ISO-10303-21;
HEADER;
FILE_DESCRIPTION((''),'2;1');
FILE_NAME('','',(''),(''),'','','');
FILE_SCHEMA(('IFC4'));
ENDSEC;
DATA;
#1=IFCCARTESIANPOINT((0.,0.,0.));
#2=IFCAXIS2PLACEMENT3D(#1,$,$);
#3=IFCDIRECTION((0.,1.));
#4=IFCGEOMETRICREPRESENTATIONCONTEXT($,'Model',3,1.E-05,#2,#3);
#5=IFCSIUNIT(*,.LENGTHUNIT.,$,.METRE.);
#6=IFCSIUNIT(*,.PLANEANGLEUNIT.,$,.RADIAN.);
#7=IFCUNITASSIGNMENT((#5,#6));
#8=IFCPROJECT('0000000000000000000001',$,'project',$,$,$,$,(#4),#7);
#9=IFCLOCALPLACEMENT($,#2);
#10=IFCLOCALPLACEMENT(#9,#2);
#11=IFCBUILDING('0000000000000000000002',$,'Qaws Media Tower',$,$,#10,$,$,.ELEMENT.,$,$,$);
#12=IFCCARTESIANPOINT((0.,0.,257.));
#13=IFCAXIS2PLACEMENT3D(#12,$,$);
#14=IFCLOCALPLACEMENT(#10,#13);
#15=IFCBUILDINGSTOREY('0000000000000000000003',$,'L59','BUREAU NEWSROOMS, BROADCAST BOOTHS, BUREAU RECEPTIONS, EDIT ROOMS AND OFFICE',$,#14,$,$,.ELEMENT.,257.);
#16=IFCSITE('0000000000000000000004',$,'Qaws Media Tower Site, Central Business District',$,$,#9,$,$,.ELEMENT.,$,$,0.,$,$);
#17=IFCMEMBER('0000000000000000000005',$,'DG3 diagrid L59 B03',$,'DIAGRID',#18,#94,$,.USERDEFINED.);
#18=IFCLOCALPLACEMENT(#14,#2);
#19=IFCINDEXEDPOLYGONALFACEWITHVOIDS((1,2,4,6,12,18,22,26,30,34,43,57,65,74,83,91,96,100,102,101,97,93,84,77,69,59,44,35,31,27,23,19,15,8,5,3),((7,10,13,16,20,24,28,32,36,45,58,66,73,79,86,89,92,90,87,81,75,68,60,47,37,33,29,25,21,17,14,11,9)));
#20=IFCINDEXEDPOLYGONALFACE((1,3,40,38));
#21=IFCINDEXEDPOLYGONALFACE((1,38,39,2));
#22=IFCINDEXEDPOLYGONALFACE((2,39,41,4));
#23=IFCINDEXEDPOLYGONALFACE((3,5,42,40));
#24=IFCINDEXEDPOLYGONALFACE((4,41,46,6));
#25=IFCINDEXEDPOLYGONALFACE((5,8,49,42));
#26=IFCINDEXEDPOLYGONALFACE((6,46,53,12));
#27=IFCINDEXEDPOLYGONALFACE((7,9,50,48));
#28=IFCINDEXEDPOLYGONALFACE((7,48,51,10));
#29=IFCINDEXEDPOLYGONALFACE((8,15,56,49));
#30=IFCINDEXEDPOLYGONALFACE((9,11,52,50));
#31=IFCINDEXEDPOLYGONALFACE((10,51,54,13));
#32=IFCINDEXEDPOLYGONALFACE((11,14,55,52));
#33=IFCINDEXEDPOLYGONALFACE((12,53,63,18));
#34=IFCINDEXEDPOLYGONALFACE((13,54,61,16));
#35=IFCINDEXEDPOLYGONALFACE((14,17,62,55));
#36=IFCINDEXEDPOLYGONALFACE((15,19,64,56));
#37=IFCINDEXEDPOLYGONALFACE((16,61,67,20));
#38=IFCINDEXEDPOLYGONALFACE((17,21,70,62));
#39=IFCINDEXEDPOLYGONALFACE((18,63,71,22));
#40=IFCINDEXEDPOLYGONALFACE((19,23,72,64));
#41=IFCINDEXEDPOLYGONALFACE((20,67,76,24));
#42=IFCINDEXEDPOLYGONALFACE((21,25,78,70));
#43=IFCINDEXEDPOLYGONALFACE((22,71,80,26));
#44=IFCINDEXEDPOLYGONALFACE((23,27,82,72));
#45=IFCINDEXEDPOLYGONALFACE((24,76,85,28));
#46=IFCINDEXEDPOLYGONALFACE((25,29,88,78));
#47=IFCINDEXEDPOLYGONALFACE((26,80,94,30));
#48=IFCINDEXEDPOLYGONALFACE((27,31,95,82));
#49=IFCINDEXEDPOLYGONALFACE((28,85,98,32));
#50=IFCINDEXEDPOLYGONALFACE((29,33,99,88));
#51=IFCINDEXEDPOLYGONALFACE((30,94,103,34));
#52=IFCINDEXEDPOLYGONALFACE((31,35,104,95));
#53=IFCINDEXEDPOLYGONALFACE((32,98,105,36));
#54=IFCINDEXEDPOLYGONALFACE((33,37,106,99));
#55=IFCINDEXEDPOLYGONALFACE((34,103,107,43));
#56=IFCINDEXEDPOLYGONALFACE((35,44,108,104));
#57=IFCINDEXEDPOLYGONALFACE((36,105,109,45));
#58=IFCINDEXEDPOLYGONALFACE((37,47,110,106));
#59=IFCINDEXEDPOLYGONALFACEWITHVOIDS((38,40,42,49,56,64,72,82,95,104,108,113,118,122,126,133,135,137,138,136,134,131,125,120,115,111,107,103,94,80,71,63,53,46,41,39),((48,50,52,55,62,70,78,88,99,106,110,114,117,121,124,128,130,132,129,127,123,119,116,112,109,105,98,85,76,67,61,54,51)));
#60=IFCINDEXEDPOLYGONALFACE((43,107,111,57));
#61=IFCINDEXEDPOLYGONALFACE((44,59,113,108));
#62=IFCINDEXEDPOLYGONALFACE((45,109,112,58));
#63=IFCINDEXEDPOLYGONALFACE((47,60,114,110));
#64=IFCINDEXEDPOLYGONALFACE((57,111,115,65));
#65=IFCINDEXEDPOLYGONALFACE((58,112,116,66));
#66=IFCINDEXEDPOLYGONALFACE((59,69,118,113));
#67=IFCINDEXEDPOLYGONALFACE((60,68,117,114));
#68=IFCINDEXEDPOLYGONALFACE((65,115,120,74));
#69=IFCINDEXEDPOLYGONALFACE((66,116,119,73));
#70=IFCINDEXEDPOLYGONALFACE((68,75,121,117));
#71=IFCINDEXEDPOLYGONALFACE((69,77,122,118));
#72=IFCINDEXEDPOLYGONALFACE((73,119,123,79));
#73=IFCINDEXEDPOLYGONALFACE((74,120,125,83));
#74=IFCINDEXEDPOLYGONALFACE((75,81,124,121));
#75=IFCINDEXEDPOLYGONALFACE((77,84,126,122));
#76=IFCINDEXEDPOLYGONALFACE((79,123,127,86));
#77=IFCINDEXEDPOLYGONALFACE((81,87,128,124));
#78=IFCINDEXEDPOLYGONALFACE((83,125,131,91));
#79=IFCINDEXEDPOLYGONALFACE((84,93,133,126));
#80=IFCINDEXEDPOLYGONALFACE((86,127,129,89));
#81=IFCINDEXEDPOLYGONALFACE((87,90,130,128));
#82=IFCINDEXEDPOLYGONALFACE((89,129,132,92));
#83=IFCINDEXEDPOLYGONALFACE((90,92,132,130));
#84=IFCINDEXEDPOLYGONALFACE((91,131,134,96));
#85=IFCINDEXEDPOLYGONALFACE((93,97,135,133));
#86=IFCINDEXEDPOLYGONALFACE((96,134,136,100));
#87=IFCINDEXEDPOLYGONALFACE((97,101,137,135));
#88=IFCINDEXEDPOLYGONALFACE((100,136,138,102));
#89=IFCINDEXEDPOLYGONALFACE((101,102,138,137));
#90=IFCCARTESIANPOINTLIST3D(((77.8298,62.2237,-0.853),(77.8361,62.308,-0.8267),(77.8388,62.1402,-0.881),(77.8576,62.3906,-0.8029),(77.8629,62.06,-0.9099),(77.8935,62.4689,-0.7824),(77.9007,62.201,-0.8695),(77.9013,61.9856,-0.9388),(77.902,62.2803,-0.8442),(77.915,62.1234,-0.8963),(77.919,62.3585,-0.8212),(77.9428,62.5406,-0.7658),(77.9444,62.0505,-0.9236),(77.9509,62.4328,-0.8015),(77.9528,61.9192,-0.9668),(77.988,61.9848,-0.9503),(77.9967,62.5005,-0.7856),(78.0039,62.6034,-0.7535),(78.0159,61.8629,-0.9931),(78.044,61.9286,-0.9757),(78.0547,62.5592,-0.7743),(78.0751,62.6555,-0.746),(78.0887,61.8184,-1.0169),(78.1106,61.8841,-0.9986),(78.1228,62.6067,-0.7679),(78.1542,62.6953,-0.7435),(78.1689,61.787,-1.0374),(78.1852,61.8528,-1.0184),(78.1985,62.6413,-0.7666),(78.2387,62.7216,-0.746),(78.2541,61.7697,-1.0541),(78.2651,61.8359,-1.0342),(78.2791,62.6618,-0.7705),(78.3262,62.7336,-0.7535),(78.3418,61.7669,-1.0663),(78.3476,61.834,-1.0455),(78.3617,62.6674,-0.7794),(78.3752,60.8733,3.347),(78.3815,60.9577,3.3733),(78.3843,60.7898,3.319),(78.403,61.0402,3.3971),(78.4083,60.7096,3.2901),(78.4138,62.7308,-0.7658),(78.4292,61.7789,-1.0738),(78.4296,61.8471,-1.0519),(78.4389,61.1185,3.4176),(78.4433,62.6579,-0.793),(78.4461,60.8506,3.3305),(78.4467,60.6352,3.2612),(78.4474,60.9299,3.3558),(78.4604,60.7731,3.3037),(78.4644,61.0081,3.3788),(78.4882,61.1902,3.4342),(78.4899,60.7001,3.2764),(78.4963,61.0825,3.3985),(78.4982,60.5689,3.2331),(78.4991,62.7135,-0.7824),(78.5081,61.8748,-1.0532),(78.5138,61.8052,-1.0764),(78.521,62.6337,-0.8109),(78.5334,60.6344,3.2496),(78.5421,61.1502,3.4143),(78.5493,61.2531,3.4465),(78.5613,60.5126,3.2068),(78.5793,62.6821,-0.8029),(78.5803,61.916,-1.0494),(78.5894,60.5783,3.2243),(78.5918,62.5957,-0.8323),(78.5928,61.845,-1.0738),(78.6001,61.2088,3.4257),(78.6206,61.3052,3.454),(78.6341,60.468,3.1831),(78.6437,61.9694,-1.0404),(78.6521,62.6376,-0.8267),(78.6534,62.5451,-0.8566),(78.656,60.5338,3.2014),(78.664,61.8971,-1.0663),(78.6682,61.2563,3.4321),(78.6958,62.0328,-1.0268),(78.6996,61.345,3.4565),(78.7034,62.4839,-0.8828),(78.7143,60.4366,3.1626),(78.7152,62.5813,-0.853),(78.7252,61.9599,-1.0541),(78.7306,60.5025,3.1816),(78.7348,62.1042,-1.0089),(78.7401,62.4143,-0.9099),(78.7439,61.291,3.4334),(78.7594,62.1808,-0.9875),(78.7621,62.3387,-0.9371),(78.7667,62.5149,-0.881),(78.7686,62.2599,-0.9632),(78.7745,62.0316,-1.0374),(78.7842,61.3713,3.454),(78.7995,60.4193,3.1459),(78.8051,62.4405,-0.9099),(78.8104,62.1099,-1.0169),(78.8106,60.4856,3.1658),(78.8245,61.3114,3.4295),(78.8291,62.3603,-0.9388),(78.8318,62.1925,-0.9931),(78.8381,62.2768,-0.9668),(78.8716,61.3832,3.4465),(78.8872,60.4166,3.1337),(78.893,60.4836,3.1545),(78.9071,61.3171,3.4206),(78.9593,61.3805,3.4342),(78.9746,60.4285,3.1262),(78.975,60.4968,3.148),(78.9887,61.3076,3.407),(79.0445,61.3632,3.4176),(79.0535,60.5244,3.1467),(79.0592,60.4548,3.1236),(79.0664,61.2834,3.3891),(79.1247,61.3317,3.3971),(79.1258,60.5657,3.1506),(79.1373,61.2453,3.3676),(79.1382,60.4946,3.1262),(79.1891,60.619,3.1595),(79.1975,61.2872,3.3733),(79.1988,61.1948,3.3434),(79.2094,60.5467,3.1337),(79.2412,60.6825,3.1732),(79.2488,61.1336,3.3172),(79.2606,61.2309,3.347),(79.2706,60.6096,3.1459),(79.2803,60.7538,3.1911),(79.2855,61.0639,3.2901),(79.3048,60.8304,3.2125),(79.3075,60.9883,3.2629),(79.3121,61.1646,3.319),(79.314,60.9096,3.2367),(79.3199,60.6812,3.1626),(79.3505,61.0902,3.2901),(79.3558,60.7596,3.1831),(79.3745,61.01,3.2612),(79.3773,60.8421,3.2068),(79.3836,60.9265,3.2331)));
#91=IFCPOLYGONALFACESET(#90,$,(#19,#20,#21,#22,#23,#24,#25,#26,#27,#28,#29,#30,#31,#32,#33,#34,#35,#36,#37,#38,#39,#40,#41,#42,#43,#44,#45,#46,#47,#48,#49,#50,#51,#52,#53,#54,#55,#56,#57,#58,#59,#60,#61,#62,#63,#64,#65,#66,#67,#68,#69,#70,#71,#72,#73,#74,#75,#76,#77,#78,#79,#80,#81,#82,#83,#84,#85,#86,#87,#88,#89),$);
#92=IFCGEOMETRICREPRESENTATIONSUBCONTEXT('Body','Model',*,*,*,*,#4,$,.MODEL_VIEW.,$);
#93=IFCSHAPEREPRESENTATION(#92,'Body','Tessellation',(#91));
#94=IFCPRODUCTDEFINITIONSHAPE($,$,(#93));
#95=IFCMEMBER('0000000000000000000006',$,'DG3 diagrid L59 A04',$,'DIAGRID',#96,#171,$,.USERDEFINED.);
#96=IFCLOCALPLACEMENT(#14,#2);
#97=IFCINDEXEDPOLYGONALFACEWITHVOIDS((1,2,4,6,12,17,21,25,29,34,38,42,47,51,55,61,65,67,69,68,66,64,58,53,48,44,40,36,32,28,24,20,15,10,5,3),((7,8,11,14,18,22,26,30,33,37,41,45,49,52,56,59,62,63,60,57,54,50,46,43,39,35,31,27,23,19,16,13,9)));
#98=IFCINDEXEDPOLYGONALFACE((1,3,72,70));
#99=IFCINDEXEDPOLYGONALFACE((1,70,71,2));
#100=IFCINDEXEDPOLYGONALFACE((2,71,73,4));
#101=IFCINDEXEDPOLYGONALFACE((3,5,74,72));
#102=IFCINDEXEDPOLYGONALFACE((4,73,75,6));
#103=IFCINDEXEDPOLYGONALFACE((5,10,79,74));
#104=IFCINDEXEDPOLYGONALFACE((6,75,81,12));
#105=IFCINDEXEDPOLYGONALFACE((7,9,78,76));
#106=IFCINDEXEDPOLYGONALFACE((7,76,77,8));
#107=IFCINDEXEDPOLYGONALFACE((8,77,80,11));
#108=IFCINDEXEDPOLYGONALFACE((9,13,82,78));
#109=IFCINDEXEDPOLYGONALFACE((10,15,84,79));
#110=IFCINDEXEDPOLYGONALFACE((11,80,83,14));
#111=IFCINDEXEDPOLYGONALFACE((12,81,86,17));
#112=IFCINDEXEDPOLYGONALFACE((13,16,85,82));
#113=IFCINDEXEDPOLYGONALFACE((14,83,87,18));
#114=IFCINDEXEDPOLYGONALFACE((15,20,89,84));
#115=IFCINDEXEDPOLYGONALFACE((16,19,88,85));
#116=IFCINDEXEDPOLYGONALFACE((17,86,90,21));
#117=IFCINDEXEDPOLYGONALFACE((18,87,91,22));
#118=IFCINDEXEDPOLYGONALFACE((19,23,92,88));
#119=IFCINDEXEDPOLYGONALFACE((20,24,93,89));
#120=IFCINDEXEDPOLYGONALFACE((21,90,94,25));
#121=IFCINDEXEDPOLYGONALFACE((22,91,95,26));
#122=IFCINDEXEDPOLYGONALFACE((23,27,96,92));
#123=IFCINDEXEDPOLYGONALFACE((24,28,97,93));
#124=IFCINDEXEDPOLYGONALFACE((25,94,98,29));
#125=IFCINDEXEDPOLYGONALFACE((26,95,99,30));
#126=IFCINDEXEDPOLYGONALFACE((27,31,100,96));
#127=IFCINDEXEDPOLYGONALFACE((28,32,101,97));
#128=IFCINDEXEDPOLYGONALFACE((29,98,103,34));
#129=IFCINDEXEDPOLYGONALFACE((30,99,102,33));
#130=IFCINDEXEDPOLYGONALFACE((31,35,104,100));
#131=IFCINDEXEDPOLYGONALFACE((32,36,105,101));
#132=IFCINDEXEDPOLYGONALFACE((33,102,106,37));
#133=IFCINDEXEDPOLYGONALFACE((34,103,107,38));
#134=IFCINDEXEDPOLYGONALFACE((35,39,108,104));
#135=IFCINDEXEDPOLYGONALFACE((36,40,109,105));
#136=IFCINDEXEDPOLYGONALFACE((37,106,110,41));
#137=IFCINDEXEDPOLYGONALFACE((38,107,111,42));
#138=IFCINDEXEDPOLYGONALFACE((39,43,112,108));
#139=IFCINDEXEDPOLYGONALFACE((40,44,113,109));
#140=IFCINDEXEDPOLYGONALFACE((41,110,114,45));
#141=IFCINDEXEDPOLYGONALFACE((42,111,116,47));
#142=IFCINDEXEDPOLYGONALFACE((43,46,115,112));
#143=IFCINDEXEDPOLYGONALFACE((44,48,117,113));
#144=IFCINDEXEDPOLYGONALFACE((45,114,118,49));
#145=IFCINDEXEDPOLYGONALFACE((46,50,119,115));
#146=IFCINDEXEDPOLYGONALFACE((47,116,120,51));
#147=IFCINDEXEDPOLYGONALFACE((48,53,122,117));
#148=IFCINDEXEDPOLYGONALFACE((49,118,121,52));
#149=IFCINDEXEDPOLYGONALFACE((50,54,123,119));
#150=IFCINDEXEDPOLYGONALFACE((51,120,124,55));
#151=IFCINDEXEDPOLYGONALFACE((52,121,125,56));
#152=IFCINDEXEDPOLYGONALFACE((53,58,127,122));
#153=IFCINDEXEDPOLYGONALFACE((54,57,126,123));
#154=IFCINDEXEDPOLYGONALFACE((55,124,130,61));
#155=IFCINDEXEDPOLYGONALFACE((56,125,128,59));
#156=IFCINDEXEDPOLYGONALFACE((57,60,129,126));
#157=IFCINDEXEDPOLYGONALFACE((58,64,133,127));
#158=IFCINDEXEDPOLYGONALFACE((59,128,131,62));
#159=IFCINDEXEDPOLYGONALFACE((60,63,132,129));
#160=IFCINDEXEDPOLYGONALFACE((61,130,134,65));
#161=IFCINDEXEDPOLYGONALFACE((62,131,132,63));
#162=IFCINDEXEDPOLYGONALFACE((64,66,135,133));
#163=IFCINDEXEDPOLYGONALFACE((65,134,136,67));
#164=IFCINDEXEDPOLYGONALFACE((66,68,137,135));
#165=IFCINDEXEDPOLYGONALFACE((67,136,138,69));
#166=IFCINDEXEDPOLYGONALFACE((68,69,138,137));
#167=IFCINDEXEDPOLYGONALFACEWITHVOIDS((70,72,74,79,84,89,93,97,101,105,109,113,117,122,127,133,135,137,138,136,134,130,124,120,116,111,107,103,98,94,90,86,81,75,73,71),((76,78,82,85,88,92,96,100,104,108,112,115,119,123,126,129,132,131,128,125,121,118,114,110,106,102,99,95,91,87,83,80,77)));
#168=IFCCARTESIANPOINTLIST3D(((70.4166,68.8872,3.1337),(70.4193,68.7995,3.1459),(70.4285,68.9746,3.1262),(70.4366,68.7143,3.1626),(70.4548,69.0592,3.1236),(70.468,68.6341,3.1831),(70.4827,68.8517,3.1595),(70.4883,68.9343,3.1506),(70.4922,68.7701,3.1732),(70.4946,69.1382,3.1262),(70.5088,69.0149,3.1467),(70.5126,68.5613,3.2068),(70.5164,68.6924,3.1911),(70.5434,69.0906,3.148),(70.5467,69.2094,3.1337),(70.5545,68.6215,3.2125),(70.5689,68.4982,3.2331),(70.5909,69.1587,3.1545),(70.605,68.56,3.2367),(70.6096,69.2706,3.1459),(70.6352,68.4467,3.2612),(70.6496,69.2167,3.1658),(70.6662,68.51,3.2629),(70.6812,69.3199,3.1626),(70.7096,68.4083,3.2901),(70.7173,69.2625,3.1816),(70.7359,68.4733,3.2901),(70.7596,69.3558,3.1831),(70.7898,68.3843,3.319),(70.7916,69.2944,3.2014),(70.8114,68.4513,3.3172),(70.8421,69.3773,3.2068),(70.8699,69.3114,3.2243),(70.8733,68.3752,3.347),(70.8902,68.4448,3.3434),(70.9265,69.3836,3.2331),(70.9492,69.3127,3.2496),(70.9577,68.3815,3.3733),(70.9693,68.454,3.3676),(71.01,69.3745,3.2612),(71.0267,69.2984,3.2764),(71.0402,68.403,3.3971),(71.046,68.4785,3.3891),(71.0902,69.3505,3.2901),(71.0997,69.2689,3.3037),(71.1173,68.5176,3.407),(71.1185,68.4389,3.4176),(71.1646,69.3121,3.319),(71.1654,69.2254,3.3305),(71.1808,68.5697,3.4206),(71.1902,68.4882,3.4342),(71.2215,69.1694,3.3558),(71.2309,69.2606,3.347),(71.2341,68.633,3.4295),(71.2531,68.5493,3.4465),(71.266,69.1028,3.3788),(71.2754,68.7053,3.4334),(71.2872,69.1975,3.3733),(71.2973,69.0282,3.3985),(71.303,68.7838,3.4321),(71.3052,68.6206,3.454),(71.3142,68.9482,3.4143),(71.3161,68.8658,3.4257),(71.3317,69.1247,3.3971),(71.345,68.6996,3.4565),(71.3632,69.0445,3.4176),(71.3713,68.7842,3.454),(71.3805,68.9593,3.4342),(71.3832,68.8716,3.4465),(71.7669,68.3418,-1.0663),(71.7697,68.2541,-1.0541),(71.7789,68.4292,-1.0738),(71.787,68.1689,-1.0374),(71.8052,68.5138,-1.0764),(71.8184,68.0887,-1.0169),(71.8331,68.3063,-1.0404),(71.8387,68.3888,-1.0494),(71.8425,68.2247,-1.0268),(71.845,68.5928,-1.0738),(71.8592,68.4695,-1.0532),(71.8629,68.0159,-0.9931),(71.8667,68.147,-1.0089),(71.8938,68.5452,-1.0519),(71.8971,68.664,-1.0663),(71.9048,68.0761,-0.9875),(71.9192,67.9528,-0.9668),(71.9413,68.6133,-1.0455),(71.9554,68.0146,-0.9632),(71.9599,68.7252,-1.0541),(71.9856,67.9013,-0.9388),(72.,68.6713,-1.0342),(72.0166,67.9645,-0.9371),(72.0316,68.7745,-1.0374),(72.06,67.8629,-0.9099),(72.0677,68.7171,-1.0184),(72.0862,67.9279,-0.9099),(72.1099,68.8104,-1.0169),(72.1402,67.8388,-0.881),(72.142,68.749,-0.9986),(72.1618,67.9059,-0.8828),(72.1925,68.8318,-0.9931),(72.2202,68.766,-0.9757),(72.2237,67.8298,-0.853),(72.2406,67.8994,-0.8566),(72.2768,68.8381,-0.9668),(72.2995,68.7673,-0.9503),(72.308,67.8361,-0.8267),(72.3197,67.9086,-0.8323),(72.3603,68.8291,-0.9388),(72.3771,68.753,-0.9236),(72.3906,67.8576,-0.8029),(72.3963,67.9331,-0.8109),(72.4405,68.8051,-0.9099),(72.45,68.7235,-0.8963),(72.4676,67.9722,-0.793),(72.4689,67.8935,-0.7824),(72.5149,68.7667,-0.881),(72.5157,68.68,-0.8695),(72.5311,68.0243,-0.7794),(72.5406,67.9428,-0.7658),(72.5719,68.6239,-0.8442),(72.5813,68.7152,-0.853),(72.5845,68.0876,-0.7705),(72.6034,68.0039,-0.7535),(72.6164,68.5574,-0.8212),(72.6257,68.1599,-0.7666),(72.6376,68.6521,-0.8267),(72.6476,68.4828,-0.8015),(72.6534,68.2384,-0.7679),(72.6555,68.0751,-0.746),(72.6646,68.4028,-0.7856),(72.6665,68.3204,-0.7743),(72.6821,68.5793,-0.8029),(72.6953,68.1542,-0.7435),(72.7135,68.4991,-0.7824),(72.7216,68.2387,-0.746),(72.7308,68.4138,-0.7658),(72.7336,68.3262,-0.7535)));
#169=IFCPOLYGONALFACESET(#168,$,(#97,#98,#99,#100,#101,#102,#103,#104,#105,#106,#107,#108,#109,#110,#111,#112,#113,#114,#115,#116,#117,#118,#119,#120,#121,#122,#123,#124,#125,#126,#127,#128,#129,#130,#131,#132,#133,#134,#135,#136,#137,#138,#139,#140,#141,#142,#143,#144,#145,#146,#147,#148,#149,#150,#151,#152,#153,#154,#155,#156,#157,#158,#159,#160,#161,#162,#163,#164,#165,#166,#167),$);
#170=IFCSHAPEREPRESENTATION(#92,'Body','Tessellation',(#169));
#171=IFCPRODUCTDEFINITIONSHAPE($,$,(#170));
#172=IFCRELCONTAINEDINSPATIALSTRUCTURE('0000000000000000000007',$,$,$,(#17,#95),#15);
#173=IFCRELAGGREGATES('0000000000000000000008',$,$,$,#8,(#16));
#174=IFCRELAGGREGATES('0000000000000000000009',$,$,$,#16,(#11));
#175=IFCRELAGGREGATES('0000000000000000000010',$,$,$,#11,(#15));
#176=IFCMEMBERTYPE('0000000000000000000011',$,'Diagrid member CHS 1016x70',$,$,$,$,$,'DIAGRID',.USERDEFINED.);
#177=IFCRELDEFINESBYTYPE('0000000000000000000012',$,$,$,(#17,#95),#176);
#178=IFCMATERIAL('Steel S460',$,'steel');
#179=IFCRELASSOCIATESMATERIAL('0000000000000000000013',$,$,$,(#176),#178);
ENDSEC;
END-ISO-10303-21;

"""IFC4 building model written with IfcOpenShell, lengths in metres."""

from ifc_helpers import new_model, si_unit, direction, frame, origin, origin_2d, place, context, subcontext, project, spatial, hollow_circle, extrude, material, material_profile, profile_set, type_object, element, save


model = new_model("IFC4")

# Units and contexts
model_context = context("Model", 3, precision=1e-05, world=origin(), true_north=direction((0.0, 1.0)))
body_context = subcontext(model_context, "Body", "Model", "MODEL_VIEW")
ifc_project = project(units=[si_unit("LENGTHUNIT", "METRE"), si_unit("PLANEANGLEUNIT", "RADIAN")], contexts=[model_context])

# Site, building, storey
site_placement = place(None, origin())
site = spatial("IfcSite", under=ifc_project, at=site_placement, Name="Qaws Media Tower Site, Central Business District", CompositionType="ELEMENT", RefElevation=0.0)
building_placement = place(site_placement, origin())
building = spatial("IfcBuilding", under=site, at=building_placement, Name="Qaws Media Tower", CompositionType="ELEMENT")
storey_placement = place(building_placement, frame((0.0, 0.0, 257.0)))
storey = spatial("IfcBuildingStorey", under=building, at=storey_placement, Name="L59", Description="BUREAU NEWSROOMS, BROADCAST BOOTHS, BUREAU RECEPTIONS, EDIT ROOMS AND OFFICE", CompositionType="ELEMENT", Elevation=257.0)

# Members
ifc_material_1 = material(Name="Steel S460", Category="steel")
ifc_material_profile_1 = material_profile(ifc_material_1, hollow_circle(Radius=0.5081, WallThickness=0.0701, at=origin_2d()), Name="CHS 1016x70")
ifc_profile_set_1 = profile_set([ifc_material_profile_1], Name="Steel S460")
member_type_1 = type_object("IfcMemberType", Name="Diagrid member CHS 1016x70", ElementType="DIAGRID", PredefinedType="USERDEFINED", material=ifc_profile_set_1)
for number, where, z_axis, x_axis, name in (
    (1, (78.334, 62.2502, -0.9099), (0.122694, -0.30377, 0.944812), (0.927223, 0.37451, 0.0), "DG3 diagrid L59 B03"),
    (2, (72.2502, 68.334, -0.9099), (-0.30377, 0.122694, 0.944812), (-0.37451, -0.927223, 0.0), "DG3 diagrid L59 A04"),
):
    element("IfcMember", number, at=place(storey_placement, frame(where, z_axis=z_axis, x_axis=x_axis)), inside=storey, type_object=member_type_1, Name=name, ObjectType="DIAGRID", PredefinedType="USERDEFINED", context=body_context, shape_type="SweptSolid", body=[
        extrude(hollow_circle(Radius=0.5081, WallThickness=0.0701, at=origin_2d()), origin(), (0.0, 0.0, 1.0), 4.4453),
    ])

save(model, "model.ifc")
